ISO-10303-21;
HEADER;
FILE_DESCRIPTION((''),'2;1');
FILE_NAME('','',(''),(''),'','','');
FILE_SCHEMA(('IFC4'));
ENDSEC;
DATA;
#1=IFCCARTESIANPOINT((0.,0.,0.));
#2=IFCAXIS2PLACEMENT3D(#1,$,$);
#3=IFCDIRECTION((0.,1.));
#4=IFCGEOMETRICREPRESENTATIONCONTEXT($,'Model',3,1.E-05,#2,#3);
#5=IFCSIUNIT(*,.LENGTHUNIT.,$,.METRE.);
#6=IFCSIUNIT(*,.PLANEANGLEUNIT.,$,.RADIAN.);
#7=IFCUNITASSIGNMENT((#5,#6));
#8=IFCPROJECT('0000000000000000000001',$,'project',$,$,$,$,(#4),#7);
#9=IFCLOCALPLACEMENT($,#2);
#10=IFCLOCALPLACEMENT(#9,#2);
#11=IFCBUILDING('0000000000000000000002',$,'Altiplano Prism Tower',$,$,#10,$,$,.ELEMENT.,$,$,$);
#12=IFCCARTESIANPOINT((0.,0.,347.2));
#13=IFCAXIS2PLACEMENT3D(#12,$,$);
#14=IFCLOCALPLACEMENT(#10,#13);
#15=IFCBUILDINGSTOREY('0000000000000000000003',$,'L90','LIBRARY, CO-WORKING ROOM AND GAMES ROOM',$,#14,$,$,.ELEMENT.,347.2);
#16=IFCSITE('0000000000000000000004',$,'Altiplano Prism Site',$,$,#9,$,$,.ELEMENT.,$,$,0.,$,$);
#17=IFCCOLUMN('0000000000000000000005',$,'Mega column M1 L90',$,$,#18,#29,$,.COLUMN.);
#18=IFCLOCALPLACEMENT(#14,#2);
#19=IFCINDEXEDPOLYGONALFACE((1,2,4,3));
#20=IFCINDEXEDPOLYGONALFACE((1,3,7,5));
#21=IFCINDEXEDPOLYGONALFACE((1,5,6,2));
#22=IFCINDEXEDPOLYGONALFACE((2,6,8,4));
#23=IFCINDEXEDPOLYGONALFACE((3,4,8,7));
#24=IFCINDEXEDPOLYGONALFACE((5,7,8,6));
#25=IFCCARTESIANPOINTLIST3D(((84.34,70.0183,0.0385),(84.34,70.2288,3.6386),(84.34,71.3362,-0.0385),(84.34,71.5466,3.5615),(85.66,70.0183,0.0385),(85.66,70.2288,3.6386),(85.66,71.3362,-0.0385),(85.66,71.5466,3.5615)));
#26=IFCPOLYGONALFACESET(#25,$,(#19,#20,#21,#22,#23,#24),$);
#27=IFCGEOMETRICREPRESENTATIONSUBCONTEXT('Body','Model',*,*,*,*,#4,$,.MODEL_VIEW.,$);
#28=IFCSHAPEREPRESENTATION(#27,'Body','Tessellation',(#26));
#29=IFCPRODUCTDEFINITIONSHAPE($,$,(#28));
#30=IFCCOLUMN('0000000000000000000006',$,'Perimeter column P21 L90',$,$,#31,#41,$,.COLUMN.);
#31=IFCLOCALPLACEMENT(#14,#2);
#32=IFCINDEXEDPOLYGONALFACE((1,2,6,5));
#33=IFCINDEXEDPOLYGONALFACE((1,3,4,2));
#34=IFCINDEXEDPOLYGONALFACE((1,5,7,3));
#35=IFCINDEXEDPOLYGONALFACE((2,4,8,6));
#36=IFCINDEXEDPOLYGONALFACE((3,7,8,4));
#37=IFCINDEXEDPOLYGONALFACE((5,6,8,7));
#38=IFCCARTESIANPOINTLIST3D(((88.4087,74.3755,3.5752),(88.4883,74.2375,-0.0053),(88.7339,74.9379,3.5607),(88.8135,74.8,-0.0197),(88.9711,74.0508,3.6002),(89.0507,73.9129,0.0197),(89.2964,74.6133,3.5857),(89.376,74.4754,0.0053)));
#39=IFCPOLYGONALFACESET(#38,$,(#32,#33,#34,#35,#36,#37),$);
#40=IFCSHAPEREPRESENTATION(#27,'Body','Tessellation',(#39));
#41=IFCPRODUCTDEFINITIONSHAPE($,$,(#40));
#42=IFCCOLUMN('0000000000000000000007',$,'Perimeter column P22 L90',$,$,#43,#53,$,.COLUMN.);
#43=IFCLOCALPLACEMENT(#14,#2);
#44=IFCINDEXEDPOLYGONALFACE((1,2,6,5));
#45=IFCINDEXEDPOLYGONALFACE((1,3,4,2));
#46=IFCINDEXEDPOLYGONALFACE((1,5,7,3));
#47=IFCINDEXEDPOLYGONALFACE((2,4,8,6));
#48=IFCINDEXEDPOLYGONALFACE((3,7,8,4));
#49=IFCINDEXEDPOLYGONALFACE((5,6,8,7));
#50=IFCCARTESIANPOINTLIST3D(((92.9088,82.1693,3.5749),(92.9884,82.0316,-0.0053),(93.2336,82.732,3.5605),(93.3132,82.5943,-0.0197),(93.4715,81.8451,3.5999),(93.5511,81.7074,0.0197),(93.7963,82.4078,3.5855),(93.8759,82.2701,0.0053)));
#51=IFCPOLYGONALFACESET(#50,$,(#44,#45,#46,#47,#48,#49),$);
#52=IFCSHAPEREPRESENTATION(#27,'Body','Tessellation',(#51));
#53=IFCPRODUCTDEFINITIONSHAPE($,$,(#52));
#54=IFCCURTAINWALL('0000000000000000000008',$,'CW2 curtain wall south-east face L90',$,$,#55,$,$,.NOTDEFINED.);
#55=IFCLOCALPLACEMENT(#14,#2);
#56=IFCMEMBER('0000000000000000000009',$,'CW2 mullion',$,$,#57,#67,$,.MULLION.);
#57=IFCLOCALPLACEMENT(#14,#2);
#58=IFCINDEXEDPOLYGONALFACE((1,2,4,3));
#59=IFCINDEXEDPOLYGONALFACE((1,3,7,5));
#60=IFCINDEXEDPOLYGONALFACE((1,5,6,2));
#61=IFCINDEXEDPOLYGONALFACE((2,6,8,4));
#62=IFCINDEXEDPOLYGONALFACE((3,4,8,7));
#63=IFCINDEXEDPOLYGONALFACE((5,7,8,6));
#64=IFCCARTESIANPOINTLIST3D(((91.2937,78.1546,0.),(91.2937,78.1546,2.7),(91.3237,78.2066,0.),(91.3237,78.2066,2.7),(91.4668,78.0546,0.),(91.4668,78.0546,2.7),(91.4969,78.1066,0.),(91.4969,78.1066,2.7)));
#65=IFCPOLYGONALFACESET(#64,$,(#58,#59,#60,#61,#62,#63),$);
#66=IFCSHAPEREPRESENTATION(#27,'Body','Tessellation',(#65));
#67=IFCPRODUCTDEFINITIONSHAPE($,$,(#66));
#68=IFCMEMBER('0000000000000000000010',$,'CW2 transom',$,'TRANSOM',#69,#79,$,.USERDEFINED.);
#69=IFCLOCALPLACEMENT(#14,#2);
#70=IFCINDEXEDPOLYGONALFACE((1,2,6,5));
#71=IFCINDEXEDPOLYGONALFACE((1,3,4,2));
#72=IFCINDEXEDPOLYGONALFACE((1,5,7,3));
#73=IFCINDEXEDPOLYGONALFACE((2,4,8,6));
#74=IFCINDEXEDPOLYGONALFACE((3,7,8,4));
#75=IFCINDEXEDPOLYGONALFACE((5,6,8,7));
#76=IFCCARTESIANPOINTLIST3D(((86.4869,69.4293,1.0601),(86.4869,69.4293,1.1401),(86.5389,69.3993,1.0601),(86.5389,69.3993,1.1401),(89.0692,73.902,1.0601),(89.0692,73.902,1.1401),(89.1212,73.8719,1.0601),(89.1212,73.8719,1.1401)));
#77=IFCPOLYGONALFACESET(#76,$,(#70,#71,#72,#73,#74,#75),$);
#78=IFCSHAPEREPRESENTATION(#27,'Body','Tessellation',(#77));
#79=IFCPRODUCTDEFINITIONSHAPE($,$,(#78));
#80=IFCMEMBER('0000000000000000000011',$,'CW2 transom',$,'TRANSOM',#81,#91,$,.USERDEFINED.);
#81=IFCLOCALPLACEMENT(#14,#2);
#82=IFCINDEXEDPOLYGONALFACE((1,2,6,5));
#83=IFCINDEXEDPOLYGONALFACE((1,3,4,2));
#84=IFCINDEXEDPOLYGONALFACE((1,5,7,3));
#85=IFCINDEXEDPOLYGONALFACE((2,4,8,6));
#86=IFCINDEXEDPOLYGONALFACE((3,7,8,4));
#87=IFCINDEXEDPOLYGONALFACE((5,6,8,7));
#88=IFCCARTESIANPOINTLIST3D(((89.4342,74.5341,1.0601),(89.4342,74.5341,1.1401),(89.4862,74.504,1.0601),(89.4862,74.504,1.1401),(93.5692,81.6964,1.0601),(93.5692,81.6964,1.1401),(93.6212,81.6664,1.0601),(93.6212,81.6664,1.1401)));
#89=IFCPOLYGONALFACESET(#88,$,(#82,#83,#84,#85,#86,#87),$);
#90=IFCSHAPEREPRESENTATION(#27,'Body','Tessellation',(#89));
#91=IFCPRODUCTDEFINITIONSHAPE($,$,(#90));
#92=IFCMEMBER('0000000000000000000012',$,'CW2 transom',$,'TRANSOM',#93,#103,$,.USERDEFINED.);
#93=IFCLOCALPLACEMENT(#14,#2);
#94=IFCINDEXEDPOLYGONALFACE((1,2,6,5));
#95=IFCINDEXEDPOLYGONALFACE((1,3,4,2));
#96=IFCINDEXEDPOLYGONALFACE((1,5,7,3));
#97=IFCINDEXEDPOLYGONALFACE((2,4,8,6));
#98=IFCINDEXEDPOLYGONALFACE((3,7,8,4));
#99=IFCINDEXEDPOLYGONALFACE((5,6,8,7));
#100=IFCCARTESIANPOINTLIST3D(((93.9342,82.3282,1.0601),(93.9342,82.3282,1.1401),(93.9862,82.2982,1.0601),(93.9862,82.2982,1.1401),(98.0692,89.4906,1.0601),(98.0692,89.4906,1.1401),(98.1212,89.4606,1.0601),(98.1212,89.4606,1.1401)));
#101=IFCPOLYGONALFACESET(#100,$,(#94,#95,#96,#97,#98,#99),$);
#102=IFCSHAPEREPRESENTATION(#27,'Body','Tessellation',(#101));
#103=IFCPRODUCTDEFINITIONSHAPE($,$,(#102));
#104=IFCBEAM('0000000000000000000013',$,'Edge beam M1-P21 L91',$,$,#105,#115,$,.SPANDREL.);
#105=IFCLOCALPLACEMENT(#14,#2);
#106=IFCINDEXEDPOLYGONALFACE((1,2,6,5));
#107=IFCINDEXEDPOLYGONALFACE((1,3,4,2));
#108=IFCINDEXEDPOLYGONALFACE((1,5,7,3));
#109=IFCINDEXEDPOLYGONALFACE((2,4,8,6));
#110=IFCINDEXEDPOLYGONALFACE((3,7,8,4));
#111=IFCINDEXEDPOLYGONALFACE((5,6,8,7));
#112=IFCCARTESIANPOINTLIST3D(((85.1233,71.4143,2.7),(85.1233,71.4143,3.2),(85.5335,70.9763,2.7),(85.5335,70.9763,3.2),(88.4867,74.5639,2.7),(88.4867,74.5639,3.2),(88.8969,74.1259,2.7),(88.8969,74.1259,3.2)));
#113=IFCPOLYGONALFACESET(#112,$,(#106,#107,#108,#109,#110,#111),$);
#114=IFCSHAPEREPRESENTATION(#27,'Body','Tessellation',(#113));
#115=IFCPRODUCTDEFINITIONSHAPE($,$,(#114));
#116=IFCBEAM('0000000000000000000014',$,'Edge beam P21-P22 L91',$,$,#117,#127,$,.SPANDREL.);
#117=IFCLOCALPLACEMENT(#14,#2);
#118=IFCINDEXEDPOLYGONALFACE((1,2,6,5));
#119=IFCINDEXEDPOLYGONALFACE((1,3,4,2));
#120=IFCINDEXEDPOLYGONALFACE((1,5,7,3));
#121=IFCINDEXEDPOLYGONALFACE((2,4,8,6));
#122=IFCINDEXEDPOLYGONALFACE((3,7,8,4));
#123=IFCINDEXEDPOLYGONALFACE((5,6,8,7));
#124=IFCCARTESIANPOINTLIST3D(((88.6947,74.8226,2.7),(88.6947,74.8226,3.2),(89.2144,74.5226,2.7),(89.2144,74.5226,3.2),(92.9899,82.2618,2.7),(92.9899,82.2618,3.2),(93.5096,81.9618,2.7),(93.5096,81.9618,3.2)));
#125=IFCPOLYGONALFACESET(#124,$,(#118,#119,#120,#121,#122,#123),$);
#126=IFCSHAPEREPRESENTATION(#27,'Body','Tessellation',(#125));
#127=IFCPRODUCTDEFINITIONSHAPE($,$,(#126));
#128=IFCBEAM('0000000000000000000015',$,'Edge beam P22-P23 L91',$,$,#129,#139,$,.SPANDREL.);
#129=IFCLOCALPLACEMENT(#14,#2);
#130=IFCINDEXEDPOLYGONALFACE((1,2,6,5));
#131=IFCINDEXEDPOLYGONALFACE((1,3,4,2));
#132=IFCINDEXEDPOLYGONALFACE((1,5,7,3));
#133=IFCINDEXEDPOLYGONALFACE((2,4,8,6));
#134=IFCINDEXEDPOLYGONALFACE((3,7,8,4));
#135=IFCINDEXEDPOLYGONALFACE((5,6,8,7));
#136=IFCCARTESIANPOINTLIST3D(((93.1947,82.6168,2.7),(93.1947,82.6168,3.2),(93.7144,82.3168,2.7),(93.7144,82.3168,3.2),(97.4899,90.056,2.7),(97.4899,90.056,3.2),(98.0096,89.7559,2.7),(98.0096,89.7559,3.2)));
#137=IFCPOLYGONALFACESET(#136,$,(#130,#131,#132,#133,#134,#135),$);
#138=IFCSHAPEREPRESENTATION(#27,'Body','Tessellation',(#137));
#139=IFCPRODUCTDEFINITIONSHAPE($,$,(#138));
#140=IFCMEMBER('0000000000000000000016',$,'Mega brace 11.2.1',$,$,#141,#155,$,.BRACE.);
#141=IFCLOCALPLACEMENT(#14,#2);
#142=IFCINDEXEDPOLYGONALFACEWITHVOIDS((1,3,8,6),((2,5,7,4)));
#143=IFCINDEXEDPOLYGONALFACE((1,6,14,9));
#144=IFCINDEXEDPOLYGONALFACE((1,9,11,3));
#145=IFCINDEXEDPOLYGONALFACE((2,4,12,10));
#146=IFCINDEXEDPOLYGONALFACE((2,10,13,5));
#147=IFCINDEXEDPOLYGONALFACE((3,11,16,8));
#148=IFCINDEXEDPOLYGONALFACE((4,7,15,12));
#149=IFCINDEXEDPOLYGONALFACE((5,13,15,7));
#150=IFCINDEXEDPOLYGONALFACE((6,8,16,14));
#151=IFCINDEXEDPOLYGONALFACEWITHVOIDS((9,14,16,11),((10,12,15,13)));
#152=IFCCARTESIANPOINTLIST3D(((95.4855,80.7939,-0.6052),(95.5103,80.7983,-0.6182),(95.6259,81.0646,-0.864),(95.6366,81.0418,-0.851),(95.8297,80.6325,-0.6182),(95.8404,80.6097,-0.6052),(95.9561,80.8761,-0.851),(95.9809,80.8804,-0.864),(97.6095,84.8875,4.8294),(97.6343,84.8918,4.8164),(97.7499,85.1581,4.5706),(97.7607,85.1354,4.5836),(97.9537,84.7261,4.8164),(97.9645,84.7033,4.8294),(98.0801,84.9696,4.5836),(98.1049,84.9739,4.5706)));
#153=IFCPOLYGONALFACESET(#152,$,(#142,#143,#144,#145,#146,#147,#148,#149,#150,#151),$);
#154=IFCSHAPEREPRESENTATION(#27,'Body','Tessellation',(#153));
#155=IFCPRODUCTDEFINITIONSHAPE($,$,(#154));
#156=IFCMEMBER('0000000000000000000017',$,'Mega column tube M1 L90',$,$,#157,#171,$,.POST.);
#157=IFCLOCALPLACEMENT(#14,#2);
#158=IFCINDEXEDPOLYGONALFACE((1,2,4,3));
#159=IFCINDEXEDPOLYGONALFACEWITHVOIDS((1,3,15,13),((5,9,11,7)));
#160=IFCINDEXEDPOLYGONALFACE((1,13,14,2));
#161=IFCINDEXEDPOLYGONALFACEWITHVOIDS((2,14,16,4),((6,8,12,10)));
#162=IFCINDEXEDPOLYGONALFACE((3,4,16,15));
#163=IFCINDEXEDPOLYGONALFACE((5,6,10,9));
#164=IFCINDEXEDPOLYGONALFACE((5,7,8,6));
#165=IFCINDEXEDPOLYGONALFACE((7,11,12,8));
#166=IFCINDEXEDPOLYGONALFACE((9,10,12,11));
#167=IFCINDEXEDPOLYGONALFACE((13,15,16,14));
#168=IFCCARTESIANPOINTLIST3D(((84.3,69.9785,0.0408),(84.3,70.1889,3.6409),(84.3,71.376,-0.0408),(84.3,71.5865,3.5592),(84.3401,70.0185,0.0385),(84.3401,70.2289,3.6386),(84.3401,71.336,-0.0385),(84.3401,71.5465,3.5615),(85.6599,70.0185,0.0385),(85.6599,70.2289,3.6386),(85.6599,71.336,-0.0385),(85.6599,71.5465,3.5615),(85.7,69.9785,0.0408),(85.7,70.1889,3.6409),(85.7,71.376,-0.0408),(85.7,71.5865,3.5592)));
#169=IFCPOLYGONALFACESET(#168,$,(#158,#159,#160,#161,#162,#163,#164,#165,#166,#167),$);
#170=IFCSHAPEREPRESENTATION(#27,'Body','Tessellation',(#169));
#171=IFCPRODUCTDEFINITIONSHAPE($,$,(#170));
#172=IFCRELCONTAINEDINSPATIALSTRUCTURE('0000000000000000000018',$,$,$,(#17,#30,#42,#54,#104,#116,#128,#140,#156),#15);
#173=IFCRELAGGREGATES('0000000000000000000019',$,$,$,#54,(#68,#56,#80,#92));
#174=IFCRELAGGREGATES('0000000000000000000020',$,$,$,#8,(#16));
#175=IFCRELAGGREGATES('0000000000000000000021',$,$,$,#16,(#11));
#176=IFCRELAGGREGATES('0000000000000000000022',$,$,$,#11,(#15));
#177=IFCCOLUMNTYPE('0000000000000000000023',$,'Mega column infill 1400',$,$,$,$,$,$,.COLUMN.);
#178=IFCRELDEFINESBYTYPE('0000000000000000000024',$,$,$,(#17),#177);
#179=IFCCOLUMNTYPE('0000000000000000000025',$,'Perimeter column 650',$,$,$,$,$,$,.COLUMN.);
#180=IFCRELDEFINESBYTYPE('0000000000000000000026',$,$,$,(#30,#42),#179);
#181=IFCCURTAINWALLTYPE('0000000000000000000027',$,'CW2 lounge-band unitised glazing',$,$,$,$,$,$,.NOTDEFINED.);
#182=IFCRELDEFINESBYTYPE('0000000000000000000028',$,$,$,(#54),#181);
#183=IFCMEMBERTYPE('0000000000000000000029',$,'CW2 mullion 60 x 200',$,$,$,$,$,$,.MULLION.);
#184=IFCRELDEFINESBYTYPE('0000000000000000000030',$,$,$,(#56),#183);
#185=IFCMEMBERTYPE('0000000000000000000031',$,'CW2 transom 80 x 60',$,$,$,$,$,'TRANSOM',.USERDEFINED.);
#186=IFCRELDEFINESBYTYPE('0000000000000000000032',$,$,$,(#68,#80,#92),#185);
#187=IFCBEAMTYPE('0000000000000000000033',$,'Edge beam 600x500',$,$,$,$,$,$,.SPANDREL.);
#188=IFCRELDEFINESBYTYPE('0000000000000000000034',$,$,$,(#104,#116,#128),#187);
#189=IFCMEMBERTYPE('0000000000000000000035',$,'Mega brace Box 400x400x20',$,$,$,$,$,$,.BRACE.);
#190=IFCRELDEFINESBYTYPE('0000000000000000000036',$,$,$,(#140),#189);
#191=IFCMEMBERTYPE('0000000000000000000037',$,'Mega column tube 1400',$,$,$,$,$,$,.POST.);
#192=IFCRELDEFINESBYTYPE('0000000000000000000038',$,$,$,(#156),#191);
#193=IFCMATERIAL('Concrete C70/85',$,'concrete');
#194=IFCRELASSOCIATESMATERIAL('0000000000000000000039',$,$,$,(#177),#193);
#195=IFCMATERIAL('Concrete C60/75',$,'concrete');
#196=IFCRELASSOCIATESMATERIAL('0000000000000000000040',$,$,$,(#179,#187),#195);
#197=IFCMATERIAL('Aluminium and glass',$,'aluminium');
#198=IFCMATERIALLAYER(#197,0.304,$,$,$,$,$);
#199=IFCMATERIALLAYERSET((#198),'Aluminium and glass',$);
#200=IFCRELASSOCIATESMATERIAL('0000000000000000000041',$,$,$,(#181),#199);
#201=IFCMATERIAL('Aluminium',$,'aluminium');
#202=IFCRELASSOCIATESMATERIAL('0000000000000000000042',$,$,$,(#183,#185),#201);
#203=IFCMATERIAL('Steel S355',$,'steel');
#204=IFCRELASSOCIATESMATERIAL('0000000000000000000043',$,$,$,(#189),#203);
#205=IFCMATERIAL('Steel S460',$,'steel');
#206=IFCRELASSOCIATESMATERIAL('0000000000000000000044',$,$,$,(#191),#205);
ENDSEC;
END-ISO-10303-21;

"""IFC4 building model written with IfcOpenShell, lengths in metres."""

from ifc_helpers import new_model, si_unit, direction, frame, origin, origin_2d, place, context, subcontext, project, spatial, rectangle, hollow_rectangle, extrude, material, layer, layer_set, material_profile, profile_set, type_object, element, aggregate, save


model = new_model("IFC4")

# Units and contexts
model_context = context("Model", 3, precision=1e-05, world=origin(), true_north=direction((0.0, 1.0)))
body_context = subcontext(model_context, "Body", "Model", "MODEL_VIEW")
ifc_project = project(units=[si_unit("LENGTHUNIT", "METRE"), si_unit("PLANEANGLEUNIT", "RADIAN")], contexts=[model_context])

# Site, building, storey
site_placement = place(None, origin())
site = spatial("IfcSite", under=ifc_project, at=site_placement, Name="Altiplano Prism Site", CompositionType="ELEMENT", RefElevation=0.0)
building_placement = place(site_placement, origin())
building = spatial("IfcBuilding", under=site, at=building_placement, Name="Altiplano Prism Tower", CompositionType="ELEMENT")
storey_placement = place(building_placement, frame((0.0, 0.0, 347.2)))
storey = spatial("IfcBuildingStorey", under=building, at=storey_placement, Name="L90", Description="LIBRARY, CO-WORKING ROOM AND GAMES ROOM", CompositionType="ELEMENT", Elevation=347.2)

# Columns
ifc_material_1 = material(Name="Concrete C70/85", Category="concrete")
ifc_material_profile_1 = material_profile(ifc_material_1, rectangle(XDim=1.3201, YDim=1.3201, at=origin_2d()), Name="Mega column infill 1400")
ifc_profile_set_1 = profile_set([ifc_material_profile_1], Name="Concrete C70/85")
column_type_1 = type_object("IfcColumnType", Name="Mega column infill 1400", PredefinedType="COLUMN", material=ifc_profile_set_1)
column_1_placement = place(storey_placement, frame((85.0, 70.6772, 0.0), z_axis=(0.0, 0.058357, 0.998296), x_axis=(-1.0, 0.0, 0.0)))
element("IfcColumn", 1, at=column_1_placement, inside=storey, type_object=column_type_1, Name="Mega column M1 L90", PredefinedType="COLUMN", context=body_context, shape_type="SweptSolid", body=[
    extrude(rectangle(XDim=1.3201, YDim=1.3201, at=origin_2d()), origin(), (0.0, 0.0, 1.0), 3.6062),
])
ifc_material_2 = material(Name="Concrete C60/75", Category="concrete")
ifc_material_profile_2 = material_profile(ifc_material_2, rectangle(XDim=0.6499, YDim=0.6499, at=origin_2d()), Name="Perimeter column 650")
ifc_profile_set_2 = profile_set([ifc_material_profile_2], Name="Concrete C60/75")
column_type_2 = type_object("IfcColumnType", Name="Perimeter column 650", PredefinedType="COLUMN", material=ifc_profile_set_2)
column_2_placement = place(storey_placement, frame((88.9321, 74.3564, 0.0), z_axis=(-0.022208, 0.038489, 0.999012), x_axis=(-0.500477, -0.865464, 0.022218)))
element("IfcColumn", 2, at=column_2_placement, inside=storey, type_object=column_type_2, Name="Perimeter column P21 L90", PredefinedType="COLUMN", context=body_context, shape_type="SweptSolid", body=[
    extrude(rectangle(XDim=0.6499, YDim=0.6499, at=origin_2d()), origin(), (0.0, 0.0, 1.0), 3.584),
])
column_3_placement = place(storey_placement, frame((93.4321, 82.1509, 0.0), z_axis=(-0.022208, 0.038421, 0.999015), x_axis=(-0.499813, -0.865849, 0.022189)))
element("IfcColumn", 3, at=column_3_placement, inside=storey, type_object=column_type_2, Name="Perimeter column P22 L90", PredefinedType="COLUMN", context=body_context, shape_type="SweptSolid", body=[
    extrude(rectangle(XDim=0.6499, YDim=0.6499, at=origin_2d()), origin(), (0.0, 0.0, 1.0), 3.5837),
])

# Curtain wall, members
ifc_material_3 = material(Name="Aluminium and glass", Category="aluminium")
ifc_layer_1 = layer(ifc_material_3, 0.304)
ifc_layer_set_1 = layer_set([ifc_layer_1], Name="Aluminium and glass")
curtain_wall_type = type_object("IfcCurtainWallType", Name="CW2 lounge-band unitised glazing", PredefinedType="NOTDEFINED", material=ifc_layer_set_1)
curtain_wall_1_placement = place(storey_placement, origin())
curtain_wall_1 = element("IfcCurtainWall", 4, at=curtain_wall_1_placement, inside=storey, type_object=curtain_wall_type, Name="CW2 curtain wall south-east face L90", PredefinedType="NOTDEFINED")
ifc_material_4 = material(Name="Aluminium", Category="aluminium")
ifc_material_profile_3 = material_profile(ifc_material_4, rectangle(XDim=0.2, YDim=0.0601, at=origin_2d()), Name="CW2 mullion 60 x 200")
ifc_profile_set_3 = profile_set([ifc_material_profile_3], Name="Aluminium")
member_type_1 = type_object("IfcMemberType", Name="CW2 mullion 60 x 200", PredefinedType="MULLION", material=ifc_profile_set_3)
member_1_placement = place(storey_placement, frame((91.3953, 78.1306, 0.0), z_axis=(0.0, 0.0, 1.0), x_axis=(-0.866025, 0.5, 0.0)))
member_1 = element("IfcMember", 5, at=member_1_placement, type_object=member_type_1, Name="CW2 mullion", PredefinedType="MULLION", context=body_context, shape_type="SweptSolid", body=[
    extrude(rectangle(XDim=0.2, YDim=0.0601, at=origin_2d()), origin(), (0.0, 0.0, 1.0), 2.7),
])
ifc_material_profile_4 = material_profile(ifc_material_4, rectangle(XDim=0.0601, YDim=0.0801, at=origin_2d()), Name="CW2 transom 80 x 60")
ifc_profile_set_4 = profile_set([ifc_material_profile_4], Name="Aluminium")
member_type_2 = type_object("IfcMemberType", Name="CW2 transom 80 x 60", ElementType="TRANSOM", PredefinedType="USERDEFINED", material=ifc_profile_set_4)
member_2_placement = place(storey_placement, frame((86.5129, 69.4143, 1.1001), z_axis=(0.499998, 0.866027, 0.0), x_axis=(-0.866027, 0.499998, 0.0)))
member_2 = element("IfcMember", 6, at=member_2_placement, type_object=member_type_2, Name="CW2 transom", ObjectType="TRANSOM", PredefinedType="USERDEFINED", context=body_context, shape_type="SweptSolid", body=[
    extrude(rectangle(XDim=0.0601, YDim=0.0801, at=origin_2d()), origin(), (0.0, 0.0, 1.0), 5.1646),
])
member_3_placement = place(storey_placement, frame((89.4602, 74.519, 1.1001), z_axis=(0.499984, 0.866035, 0.0), x_axis=(-0.866035, 0.499984, 0.0)))
member_3 = element("IfcMember", 7, at=member_3_placement, type_object=member_type_2, Name="CW2 transom", ObjectType="TRANSOM", PredefinedType="USERDEFINED", context=body_context, shape_type="SweptSolid", body=[
    extrude(rectangle(XDim=0.0601, YDim=0.0801, at=origin_2d()), origin(), (0.0, 0.0, 1.0), 8.2703),
])
member_4_placement = place(storey_placement, frame((93.9602, 82.3132, 1.1001), z_axis=(0.499984, 0.866035, 0.0), x_axis=(-0.866035, 0.499984, 0.0)))
member_4 = element("IfcMember", 8, at=member_4_placement, type_object=member_type_2, Name="CW2 transom", ObjectType="TRANSOM", PredefinedType="USERDEFINED", context=body_context, shape_type="SweptSolid", body=[
    extrude(rectangle(XDim=0.0601, YDim=0.0801, at=origin_2d()), origin(), (0.0, 0.0, 1.0), 8.2703),
])

# Beams
ifc_material_profile_5 = material_profile(ifc_material_2, rectangle(XDim=0.6001, YDim=0.5, at=origin_2d()), Name="Edge beam 600x500")
ifc_profile_set_5 = profile_set([ifc_material_profile_5], Name="Concrete C60/75")
beam_type = type_object("IfcBeamType", Name="Edge beam 600x500", PredefinedType="SPANDREL", material=ifc_profile_set_5)
beam_placement = place(storey_placement, frame((85.3284, 71.1953, 2.95), z_axis=(0.729932, 0.68352, 0.0), x_axis=(-0.68352, 0.729932, 0.0)))
element("IfcBeam", 9, at=beam_placement, inside=storey, type_object=beam_type, Name="Edge beam M1-P21 L91", PredefinedType="SPANDREL", context=body_context, shape_type="SweptSolid", body=[
    extrude(rectangle(XDim=0.6001, YDim=0.5, at=origin_2d()), origin(), (0.0, 0.0, 1.0), 4.6079),
])
for number, where, z_axis, x_axis, name in (
    (10, (88.9546, 74.6726, 2.95), (0.500012, 0.866019, 0.0), (-0.866019, 0.500012, 0.0), "Edge beam P21-P22 L91"),
    (11, (93.4546, 82.4668, 2.95), (0.500012, 0.866019, 0.0), (-0.866019, 0.500012, 0.0), "Edge beam P22-P23 L91"),
):
    element("IfcBeam", number, at=place(storey_placement, frame(where, z_axis=z_axis, x_axis=x_axis)), inside=storey, type_object=beam_type, Name=name, PredefinedType="SPANDREL", context=body_context, shape_type="SweptSolid", body=[
        extrude(rectangle(XDim=0.6001, YDim=0.5, at=origin_2d()), origin(), (0.0, 0.0, 1.0), 8.5901),
    ])

# Members
ifc_material_5 = material(Name="Steel S355", Category="steel")
ifc_material_profile_6 = material_profile(ifc_material_5, hollow_rectangle(XDim=0.3999, YDim=0.3999, WallThickness=0.02, at=origin_2d()), Name="Mega brace Box 400x400x20")
ifc_profile_set_6 = profile_set([ifc_material_profile_6], Name="Steel S355")
member_type_3 = type_object("IfcMemberType", Name="Mega brace Box 400x400x20", PredefinedType="BRACE", material=ifc_profile_set_6)
member_5_placement = place(storey_placement, frame((95.7332, 80.8372, -0.7346), z_axis=(0.297999, 0.574317, 0.762467), x_axis=(-0.887625, 0.460567, 0.0)))
element("IfcMember", 12, at=member_5_placement, inside=storey, type_object=member_type_3, Name="Mega brace 11.2.1", PredefinedType="BRACE", context=body_context, shape_type="SweptSolid", body=[
    extrude(hollow_rectangle(XDim=0.3999, YDim=0.3999, WallThickness=0.02, at=origin_2d()), origin(), (0.0, 0.0, 1.0), 7.1277),
])
ifc_material_6 = material(Name="Steel S460", Category="steel")
ifc_material_profile_7 = material_profile(ifc_material_6, hollow_rectangle(XDim=1.3999, YDim=1.3999, WallThickness=0.04, at=origin_2d()), Name="Mega column tube 1400")
ifc_profile_set_7 = profile_set([ifc_material_profile_7], Name="Steel S460")
member_type_4 = type_object("IfcMemberType", Name="Mega column tube 1400", PredefinedType="POST", material=ifc_profile_set_7)
member_6_placement = place(storey_placement, frame((85.0, 70.6772, 0.0), z_axis=(0.0, 0.058357, 0.998296), x_axis=(-1.0, 0.0, 0.0)))
element("IfcMember", 13, at=member_6_placement, inside=storey, type_object=member_type_4, Name="Mega column tube M1 L90", PredefinedType="POST", context=body_context, shape_type="SweptSolid", body=[
    extrude(hollow_rectangle(XDim=1.3999, YDim=1.3999, WallThickness=0.04, at=origin_2d()), origin(), (0.0, 0.0, 1.0), 3.6062),
])

aggregate(curtain_wall_1, [member_2, member_1, member_3, member_4])

save(model, "model.ifc")
